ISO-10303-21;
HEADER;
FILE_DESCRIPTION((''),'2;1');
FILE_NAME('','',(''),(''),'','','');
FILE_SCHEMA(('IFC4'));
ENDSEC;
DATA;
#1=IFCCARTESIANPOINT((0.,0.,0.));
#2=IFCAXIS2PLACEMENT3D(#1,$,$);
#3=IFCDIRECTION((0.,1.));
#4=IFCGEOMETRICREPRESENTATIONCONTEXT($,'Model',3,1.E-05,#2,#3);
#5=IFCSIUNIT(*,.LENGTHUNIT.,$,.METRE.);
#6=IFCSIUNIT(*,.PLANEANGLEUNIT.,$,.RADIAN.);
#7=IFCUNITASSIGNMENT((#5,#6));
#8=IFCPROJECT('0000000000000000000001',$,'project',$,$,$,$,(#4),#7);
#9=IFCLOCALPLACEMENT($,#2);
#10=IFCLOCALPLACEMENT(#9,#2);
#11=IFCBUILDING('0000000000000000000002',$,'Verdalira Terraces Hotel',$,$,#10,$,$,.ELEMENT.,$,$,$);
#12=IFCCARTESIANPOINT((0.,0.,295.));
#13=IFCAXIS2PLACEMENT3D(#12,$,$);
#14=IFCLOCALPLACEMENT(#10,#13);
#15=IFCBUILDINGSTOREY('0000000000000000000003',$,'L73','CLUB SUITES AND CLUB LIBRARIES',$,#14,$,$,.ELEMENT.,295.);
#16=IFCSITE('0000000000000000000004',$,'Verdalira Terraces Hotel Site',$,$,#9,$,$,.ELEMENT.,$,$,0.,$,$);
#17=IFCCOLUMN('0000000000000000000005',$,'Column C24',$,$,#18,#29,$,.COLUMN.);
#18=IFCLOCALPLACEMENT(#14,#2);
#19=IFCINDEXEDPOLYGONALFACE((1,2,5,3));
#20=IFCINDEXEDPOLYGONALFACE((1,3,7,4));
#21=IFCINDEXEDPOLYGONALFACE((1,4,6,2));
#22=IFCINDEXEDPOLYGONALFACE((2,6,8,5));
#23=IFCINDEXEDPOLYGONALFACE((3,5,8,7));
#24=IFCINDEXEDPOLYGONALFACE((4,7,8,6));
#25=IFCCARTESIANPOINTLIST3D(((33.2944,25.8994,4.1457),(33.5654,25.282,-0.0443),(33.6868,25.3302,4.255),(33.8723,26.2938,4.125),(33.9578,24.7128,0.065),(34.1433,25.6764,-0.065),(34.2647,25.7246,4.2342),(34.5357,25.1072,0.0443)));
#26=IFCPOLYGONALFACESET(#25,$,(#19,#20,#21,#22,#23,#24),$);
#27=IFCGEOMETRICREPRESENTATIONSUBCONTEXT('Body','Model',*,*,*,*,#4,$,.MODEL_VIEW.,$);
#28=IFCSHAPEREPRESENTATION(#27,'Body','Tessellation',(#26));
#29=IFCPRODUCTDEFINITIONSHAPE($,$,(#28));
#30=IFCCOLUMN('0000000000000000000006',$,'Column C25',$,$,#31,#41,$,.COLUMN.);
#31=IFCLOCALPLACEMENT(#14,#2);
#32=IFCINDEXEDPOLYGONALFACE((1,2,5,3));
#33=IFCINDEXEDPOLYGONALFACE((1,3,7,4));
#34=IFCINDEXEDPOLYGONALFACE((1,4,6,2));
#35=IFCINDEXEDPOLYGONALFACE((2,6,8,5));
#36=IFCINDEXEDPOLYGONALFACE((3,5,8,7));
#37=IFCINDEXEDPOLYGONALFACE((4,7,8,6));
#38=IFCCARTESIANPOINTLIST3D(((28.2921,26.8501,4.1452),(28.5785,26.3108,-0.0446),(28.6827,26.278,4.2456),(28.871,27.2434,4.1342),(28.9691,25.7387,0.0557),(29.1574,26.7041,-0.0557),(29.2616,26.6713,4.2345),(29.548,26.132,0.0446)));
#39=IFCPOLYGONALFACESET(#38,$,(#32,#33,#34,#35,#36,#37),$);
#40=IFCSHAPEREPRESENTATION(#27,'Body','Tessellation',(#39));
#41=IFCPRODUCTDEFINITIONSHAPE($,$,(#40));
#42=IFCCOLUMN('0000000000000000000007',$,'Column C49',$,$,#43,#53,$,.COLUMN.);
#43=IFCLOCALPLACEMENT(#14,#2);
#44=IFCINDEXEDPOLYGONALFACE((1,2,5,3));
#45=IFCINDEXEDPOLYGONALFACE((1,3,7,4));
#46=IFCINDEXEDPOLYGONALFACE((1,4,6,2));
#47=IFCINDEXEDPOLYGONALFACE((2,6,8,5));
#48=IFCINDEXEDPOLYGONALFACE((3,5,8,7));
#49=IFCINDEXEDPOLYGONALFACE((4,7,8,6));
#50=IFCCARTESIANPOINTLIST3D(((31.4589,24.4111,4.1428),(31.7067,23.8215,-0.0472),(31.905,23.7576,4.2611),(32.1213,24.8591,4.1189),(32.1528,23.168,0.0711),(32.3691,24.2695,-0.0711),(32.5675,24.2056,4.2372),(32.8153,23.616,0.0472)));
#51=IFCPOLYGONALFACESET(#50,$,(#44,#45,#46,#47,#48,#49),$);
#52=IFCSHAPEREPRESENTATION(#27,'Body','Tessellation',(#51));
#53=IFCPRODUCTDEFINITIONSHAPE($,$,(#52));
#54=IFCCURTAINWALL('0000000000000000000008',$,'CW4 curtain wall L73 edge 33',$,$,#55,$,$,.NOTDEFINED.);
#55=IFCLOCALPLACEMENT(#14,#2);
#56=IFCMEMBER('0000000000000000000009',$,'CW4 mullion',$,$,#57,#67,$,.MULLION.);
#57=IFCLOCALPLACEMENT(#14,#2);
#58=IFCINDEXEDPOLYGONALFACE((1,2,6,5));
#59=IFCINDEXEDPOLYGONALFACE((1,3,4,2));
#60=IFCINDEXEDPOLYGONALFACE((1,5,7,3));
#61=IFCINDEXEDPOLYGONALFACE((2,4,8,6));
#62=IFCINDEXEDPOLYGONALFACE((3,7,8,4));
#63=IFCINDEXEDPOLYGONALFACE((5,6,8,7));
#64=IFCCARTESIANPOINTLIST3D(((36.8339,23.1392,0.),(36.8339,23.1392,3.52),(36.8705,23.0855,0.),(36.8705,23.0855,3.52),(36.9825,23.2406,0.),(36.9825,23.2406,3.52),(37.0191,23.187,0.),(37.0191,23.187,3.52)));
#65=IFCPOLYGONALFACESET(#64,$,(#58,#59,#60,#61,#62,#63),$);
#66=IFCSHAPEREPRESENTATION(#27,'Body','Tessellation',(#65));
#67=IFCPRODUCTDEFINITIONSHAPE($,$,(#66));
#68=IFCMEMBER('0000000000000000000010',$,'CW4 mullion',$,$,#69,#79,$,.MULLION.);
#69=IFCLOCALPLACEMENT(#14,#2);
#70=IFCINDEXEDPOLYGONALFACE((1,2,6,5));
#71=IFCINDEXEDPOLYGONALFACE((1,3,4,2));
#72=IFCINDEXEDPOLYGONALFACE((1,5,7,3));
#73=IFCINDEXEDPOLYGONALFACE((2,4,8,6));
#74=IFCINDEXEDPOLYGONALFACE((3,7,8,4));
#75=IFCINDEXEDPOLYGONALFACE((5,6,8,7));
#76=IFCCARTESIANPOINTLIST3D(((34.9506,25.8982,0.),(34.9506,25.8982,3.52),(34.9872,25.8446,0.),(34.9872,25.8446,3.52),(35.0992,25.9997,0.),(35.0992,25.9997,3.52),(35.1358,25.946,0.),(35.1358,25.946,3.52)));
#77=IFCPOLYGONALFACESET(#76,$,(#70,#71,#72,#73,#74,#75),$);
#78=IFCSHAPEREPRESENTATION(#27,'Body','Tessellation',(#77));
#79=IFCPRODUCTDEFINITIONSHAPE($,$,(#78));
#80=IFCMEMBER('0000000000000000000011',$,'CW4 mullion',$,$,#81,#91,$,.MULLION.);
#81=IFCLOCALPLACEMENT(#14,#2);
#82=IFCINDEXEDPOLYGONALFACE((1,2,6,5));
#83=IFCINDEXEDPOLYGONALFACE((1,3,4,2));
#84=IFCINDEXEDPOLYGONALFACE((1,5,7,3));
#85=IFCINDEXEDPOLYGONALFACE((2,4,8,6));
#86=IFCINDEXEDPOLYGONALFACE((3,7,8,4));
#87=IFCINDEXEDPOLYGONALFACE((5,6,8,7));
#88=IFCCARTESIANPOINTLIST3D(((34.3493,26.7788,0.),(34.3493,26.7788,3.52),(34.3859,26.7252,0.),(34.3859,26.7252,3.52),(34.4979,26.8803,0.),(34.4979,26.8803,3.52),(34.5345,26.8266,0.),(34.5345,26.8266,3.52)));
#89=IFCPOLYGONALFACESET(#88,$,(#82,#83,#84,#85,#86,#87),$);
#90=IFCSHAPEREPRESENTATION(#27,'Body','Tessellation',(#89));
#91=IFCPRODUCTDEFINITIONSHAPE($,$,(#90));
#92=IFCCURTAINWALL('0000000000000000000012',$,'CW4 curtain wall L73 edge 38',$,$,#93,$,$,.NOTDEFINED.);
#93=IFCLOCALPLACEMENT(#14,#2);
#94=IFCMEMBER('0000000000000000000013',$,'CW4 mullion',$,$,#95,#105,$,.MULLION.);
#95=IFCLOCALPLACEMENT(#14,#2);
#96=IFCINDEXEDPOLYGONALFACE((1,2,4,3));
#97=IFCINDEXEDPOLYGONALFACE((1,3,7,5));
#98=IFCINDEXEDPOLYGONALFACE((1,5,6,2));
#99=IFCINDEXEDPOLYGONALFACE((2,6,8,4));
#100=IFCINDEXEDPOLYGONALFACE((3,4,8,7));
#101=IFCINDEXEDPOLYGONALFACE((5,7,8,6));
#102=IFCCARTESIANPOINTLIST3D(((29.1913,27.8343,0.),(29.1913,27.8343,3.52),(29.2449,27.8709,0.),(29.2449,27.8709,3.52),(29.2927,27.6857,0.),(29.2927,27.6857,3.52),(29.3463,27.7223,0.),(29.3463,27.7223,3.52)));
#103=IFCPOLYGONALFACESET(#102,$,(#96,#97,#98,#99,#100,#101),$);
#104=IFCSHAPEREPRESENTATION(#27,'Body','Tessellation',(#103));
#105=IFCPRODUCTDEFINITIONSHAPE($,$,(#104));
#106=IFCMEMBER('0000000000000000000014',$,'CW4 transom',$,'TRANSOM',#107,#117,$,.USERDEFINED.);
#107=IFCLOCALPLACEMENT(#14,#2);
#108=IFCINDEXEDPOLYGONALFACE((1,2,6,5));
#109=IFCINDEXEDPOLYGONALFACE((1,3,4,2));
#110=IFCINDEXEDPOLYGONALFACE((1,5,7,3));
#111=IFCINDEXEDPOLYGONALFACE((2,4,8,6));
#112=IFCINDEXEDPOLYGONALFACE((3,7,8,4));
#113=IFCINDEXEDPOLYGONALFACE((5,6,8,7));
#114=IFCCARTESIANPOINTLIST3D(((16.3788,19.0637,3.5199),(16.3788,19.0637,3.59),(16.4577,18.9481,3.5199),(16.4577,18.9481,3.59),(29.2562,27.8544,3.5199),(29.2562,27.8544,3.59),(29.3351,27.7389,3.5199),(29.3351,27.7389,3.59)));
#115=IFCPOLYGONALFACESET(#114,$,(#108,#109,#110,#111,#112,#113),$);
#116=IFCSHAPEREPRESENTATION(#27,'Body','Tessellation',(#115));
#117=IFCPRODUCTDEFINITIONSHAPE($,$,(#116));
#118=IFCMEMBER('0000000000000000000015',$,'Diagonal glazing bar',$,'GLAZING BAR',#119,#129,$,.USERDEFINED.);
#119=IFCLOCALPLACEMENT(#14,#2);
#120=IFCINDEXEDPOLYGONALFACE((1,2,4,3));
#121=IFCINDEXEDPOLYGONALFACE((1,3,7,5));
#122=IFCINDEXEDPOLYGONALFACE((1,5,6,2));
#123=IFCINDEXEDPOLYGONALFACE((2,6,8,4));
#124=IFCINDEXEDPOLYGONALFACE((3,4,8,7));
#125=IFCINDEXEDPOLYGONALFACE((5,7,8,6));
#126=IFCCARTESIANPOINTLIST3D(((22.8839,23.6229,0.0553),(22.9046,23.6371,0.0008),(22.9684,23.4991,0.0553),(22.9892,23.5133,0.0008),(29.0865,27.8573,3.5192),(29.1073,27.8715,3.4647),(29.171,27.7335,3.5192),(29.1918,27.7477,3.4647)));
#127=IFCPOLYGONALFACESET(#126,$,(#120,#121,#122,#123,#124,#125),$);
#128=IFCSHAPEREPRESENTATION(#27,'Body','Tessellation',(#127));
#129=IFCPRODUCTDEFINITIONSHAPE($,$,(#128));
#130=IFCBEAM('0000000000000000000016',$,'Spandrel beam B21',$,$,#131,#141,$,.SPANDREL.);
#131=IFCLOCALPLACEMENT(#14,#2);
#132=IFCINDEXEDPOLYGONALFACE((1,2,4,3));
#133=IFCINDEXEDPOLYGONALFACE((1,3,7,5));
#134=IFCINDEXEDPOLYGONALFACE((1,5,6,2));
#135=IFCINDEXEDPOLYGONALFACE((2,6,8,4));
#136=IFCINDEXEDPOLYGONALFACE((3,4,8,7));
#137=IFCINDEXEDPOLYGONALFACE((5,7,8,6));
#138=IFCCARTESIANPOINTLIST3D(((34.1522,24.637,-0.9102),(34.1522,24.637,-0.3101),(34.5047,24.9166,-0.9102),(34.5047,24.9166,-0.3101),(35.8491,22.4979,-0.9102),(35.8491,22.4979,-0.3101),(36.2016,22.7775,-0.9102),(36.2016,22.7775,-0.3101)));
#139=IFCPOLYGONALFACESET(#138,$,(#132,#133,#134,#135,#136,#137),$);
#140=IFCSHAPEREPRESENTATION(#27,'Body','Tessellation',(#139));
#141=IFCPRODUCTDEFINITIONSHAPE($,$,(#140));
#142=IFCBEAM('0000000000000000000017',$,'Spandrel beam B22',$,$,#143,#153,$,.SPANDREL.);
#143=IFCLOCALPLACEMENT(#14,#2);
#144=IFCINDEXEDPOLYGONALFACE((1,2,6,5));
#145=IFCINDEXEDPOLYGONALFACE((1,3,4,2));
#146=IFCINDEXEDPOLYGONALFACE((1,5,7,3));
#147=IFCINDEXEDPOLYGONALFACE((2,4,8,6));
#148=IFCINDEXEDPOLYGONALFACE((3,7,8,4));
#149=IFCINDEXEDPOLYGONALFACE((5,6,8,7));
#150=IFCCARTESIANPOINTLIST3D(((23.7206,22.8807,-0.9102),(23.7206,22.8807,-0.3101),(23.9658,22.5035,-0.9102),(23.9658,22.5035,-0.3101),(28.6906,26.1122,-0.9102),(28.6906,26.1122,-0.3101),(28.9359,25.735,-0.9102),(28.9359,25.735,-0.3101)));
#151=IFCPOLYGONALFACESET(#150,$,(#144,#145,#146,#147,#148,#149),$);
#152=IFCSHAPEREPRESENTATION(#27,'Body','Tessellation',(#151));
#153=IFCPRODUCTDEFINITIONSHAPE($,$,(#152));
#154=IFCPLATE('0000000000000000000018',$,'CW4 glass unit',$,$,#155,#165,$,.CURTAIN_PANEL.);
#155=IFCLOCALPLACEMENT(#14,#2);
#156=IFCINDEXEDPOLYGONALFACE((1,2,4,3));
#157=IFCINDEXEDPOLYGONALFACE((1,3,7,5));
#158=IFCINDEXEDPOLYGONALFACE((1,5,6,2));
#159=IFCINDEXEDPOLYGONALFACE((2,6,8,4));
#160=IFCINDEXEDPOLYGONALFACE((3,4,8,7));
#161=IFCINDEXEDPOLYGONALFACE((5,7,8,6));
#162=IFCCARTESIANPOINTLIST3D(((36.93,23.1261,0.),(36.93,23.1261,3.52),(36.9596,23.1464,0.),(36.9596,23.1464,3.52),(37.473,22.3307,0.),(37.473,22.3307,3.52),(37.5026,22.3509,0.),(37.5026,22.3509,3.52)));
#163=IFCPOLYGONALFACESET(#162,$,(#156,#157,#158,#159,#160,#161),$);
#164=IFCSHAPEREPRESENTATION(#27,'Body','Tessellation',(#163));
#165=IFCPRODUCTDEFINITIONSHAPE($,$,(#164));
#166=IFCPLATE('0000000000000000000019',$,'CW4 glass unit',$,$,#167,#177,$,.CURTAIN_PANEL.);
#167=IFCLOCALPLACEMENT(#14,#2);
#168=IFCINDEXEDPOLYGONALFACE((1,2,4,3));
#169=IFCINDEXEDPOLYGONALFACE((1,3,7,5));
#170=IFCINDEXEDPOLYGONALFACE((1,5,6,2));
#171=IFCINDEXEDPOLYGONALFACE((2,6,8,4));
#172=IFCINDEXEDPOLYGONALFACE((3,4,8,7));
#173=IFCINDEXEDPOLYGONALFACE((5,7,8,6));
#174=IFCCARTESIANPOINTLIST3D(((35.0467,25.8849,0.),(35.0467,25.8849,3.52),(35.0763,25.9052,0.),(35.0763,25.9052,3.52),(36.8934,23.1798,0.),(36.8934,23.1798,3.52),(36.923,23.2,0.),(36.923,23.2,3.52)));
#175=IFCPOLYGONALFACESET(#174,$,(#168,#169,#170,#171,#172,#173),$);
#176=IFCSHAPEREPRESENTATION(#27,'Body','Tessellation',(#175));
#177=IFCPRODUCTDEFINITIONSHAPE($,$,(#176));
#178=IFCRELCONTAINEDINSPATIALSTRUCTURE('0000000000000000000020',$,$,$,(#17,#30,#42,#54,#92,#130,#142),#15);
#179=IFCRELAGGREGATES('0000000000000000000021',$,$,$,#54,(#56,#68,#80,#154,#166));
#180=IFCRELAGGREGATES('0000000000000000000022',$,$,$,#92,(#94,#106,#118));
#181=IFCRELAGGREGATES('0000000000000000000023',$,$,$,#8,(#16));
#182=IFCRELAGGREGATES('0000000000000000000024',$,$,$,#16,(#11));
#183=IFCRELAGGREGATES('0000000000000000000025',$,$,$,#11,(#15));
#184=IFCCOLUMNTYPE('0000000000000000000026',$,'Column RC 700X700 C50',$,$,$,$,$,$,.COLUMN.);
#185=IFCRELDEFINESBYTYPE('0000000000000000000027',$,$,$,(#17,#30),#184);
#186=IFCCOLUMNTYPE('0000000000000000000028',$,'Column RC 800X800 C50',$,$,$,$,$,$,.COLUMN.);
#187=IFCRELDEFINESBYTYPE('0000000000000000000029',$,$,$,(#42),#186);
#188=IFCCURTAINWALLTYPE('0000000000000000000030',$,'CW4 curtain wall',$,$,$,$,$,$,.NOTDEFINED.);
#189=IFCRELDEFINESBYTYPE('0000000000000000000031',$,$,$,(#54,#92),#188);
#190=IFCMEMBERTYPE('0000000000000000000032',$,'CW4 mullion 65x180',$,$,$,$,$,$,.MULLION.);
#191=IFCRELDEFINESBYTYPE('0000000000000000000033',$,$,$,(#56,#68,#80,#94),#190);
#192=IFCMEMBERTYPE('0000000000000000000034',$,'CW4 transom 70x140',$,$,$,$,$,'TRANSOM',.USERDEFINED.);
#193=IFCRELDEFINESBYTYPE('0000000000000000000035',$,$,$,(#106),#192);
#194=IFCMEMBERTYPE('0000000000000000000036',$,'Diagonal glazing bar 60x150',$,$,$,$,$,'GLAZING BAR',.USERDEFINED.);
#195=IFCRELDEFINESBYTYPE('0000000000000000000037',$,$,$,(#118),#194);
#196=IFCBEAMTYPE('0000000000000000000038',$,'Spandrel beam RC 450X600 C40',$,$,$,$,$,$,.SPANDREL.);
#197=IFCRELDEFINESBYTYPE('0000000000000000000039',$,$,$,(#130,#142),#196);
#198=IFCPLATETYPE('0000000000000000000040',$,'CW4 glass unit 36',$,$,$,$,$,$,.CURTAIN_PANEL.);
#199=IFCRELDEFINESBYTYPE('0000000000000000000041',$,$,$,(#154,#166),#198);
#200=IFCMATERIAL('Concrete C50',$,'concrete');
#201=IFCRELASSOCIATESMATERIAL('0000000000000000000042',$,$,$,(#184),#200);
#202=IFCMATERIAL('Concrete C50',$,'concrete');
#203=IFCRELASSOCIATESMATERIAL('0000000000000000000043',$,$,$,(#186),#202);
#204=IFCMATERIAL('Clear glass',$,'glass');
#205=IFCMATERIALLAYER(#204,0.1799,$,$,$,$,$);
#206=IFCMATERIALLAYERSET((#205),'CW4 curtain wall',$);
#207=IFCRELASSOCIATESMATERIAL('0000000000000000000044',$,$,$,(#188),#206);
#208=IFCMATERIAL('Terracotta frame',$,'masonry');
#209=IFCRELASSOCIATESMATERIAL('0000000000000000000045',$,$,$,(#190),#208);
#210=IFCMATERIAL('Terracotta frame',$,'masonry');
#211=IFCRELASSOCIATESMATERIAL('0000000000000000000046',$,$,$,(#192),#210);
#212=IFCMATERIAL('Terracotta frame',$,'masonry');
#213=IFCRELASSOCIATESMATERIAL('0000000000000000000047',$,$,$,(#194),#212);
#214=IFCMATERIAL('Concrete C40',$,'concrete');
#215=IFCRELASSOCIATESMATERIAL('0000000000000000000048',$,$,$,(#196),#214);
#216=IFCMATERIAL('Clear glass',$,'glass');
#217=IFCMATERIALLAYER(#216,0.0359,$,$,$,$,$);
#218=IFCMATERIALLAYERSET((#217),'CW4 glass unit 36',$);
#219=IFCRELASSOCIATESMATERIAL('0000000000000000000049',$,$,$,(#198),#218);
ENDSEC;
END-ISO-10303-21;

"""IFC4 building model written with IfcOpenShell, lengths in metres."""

from ifc_helpers import new_model, si_unit, direction, frame, origin, origin_2d, place, context, subcontext, project, spatial, rectangle, extrude, material, layer, layer_set, material_profile, profile_set, type_object, element, aggregate, save


model = new_model("IFC4")

# Units and contexts
model_context = context("Model", 3, precision=1e-05, world=origin(), true_north=direction((0.0, 1.0)))
body_context = subcontext(model_context, "Body", "Model", "MODEL_VIEW")
ifc_project = project(units=[si_unit("LENGTHUNIT", "METRE"), si_unit("PLANEANGLEUNIT", "RADIAN")], contexts=[model_context])

# Site, building, storey
site_placement = place(None, origin())
site = spatial("IfcSite", under=ifc_project, at=site_placement, Name="Verdalira Terraces Hotel Site", CompositionType="ELEMENT", RefElevation=0.0)
building_placement = place(site_placement, origin())
building = spatial("IfcBuilding", under=site, at=building_placement, Name="Verdalira Terraces Hotel", CompositionType="ELEMENT")
storey_placement = place(building_placement, frame((0.0, 0.0, 295.0)))
storey = spatial("IfcBuildingStorey", under=building, at=storey_placement, Name="L73", Description="CLUB SUITES AND CLUB LIBRARIES", CompositionType="ELEMENT", Elevation=295.0)

# Columns
ifc_material_1 = material(Name="Concrete C50", Category="concrete")
ifc_material_profile_1 = material_profile(ifc_material_1, rectangle(XDim=0.7, YDim=0.7, at=origin_2d()), Name="RC 700X700")
ifc_profile_set_1 = profile_set([ifc_material_profile_1], Name="Concrete C50")
column_type_1 = type_object("IfcColumnType", Name="Column RC 700X700 C50", PredefinedType="COLUMN", material=ifc_profile_set_1)
column_1_placement = place(storey_placement, frame((34.0505, 25.1946, 0.0), z_axis=(-0.063856, 0.145489, 0.987297), x_axis=(-0.560651, 0.813206, -0.156096)))
element("IfcColumn", 1, at=column_1_placement, inside=storey, type_object=column_type_1, Name="Column C24", PredefinedType="COLUMN", context=body_context, shape_type="SweptSolid", body=[
    extrude(rectangle(XDim=0.7, YDim=0.7, at=origin_2d()), origin(), (0.0, 0.0, 1.0), 4.2439),
])
column_2_placement = place(storey_placement, frame((29.0632, 26.2214, 0.0), z_axis=(-0.067634, 0.127369, 0.989547), x_axis=(-0.82705, -0.561906, 0.015798)))
element("IfcColumn", 2, at=column_2_placement, inside=storey, type_object=column_type_1, Name="Column C25", PredefinedType="COLUMN", context=body_context, shape_type="SweptSolid", body=[
    extrude(rectangle(XDim=0.7, YDim=0.7, at=origin_2d()), origin(), (0.0, 0.0, 1.0), 4.2341),
])
ifc_material_2 = material(Name="Concrete C50", Category="concrete")
ifc_material_profile_2 = material_profile(ifc_material_2, rectangle(XDim=0.8, YDim=0.8, at=origin_2d()), Name="RC 800X800")
ifc_profile_set_2 = profile_set([ifc_material_profile_2], Name="Concrete C50")
column_type_2 = type_object("IfcColumnType", Name="Column RC 800X800 C50", PredefinedType="COLUMN", material=ifc_profile_set_2)
column_3_placement = place(storey_placement, frame((32.261, 23.7188, 0.0), z_axis=(-0.058465, 0.139107, 0.98855), x_axis=(0.828001, 0.559933, -0.029823)))
element("IfcColumn", 3, at=column_3_placement, inside=storey, type_object=column_type_2, Name="Column C49", PredefinedType="COLUMN", context=body_context, shape_type="SweptSolid", body=[
    extrude(rectangle(XDim=0.8, YDim=0.8, at=origin_2d()), origin(), (0.0, 0.0, 1.0), 4.2385),
])

# Curtain walls, members
ifc_material_3 = material(Name="Clear glass", Category="glass")
ifc_layer_1 = layer(ifc_material_3, 0.1799)
ifc_layer_set_1 = layer_set([ifc_layer_1], Name="CW4 curtain wall")
curtain_wall_type = type_object("IfcCurtainWallType", Name="CW4 curtain wall", PredefinedType="NOTDEFINED", material=ifc_layer_set_1)
curtain_wall_1_placement = place(storey_placement, origin())
curtain_wall_1 = element("IfcCurtainWall", 4, at=curtain_wall_1_placement, inside=storey, type_object=curtain_wall_type, Name="CW4 curtain wall L73 edge 33", PredefinedType="NOTDEFINED")
ifc_material_4 = material(Name="Terracotta frame", Category="masonry")
ifc_material_profile_3 = material_profile(ifc_material_4, rectangle(XDim=0.0649, YDim=0.1799, at=origin_2d()), Name="MU 65x180")
ifc_profile_set_3 = profile_set([ifc_material_profile_3], Name="Terracotta frame")
member_type_1 = type_object("IfcMemberType", Name="CW4 mullion 65x180", PredefinedType="MULLION", material=ifc_profile_set_3)
member_1_placement = place(storey_placement, frame((36.9265, 23.1631, 0.0), z_axis=(0.0, 0.0, 1.0), x_axis=(-0.563814, 0.825902, 0.0)))
member_1 = element("IfcMember", 5, at=member_1_placement, type_object=member_type_1, Name="CW4 mullion", PredefinedType="MULLION", context=body_context, shape_type="SweptSolid", body=[
    extrude(rectangle(XDim=0.0649, YDim=0.1799, at=origin_2d()), origin(), (0.0, 0.0, 1.0), 3.52),
])
member_2_placement = place(storey_placement, frame((35.0432, 25.9221, 0.0), z_axis=(0.0, 0.0, 1.0), x_axis=(-0.563814, 0.825902, 0.0)))
member_2 = element("IfcMember", 6, at=member_2_placement, type_object=member_type_1, Name="CW4 mullion", PredefinedType="MULLION", context=body_context, shape_type="SweptSolid", body=[
    extrude(rectangle(XDim=0.0649, YDim=0.1799, at=origin_2d()), origin(), (0.0, 0.0, 1.0), 3.52),
])
member_3_placement = place(storey_placement, frame((34.4419, 26.8027, 0.0), z_axis=(0.0, 0.0, 1.0), x_axis=(-0.563814, 0.825902, 0.0)))
member_3 = element("IfcMember", 7, at=member_3_placement, type_object=member_type_1, Name="CW4 mullion", PredefinedType="MULLION", context=body_context, shape_type="SweptSolid", body=[
    extrude(rectangle(XDim=0.0649, YDim=0.1799, at=origin_2d()), origin(), (0.0, 0.0, 1.0), 3.52),
])
curtain_wall_2_placement = place(storey_placement, origin())
curtain_wall_2 = element("IfcCurtainWall", 8, at=curtain_wall_2_placement, inside=storey, type_object=curtain_wall_type, Name="CW4 curtain wall L73 edge 38", PredefinedType="NOTDEFINED")
member_4_placement = place(storey_placement, frame((29.2688, 27.7783, 0.0), z_axis=(0.0, 0.0, 1.0), x_axis=(-0.825902, -0.563814, 0.0)))
member_4 = element("IfcMember", 9, at=member_4_placement, type_object=member_type_1, Name="CW4 mullion", PredefinedType="MULLION", context=body_context, shape_type="SweptSolid", body=[
    extrude(rectangle(XDim=0.0649, YDim=0.1799, at=origin_2d()), origin(), (0.0, 0.0, 1.0), 3.52),
])
ifc_material_5 = material(Name="Terracotta frame", Category="masonry")
ifc_material_profile_4 = material_profile(ifc_material_5, rectangle(XDim=0.1399, YDim=0.0701, at=origin_2d()), Name="TR 70x140")
ifc_profile_set_4 = profile_set([ifc_material_profile_4], Name="Terracotta frame")
member_type_2 = type_object("IfcMemberType", Name="CW4 transom 70x140", ElementType="TRANSOM", PredefinedType="USERDEFINED", material=ifc_profile_set_4)
member_5_placement = place(storey_placement, frame((29.2957, 27.7966, 3.5549), z_axis=(-0.825908, -0.563805, 0.0), x_axis=(0.563805, -0.825908, 0.0)))
member_5 = element("IfcMember", 10, at=member_5_placement, type_object=member_type_2, Name="CW4 transom", ObjectType="TRANSOM", PredefinedType="USERDEFINED", context=body_context, shape_type="SweptSolid", body=[
    extrude(rectangle(XDim=0.1399, YDim=0.0701, at=origin_2d()), origin(), (0.0, 0.0, 1.0), 15.5918),
])
ifc_material_6 = material(Name="Terracotta frame", Category="masonry")
ifc_material_profile_5 = material_profile(ifc_material_6, rectangle(XDim=0.1499, YDim=0.0601, at=origin_2d()), Name="GB 60x150")
ifc_profile_set_5 = profile_set([ifc_material_profile_5], Name="Terracotta frame")
member_type_3 = type_object("IfcMemberType", Name="Diagonal glazing bar 60x150", ElementType="GLAZING BAR", PredefinedType="USERDEFINED", material=ifc_profile_set_5)
member_6_placement = place(storey_placement, frame((29.1392, 27.8025, 3.4919), z_axis=(-0.749972, -0.511986, -0.418822), x_axis=(0.563819, -0.825898, 0.0)))
member_6 = element("IfcMember", 11, at=member_6_placement, type_object=member_type_3, Name="Diagonal glazing bar", ObjectType="GLAZING BAR", PredefinedType="USERDEFINED", context=body_context, shape_type="SweptSolid", body=[
    extrude(rectangle(XDim=0.1499, YDim=0.0601, at=origin_2d()), origin(), (0.0, 0.0, 1.0), 8.2705),
])

# Beams
ifc_material_7 = material(Name="Concrete C40", Category="concrete")
ifc_material_profile_6 = material_profile(ifc_material_7, rectangle(XDim=0.45, YDim=0.6001, at=origin_2d()), Name="RC 450X600")
ifc_profile_set_6 = profile_set([ifc_material_profile_6], Name="Concrete C40")
beam_type = type_object("IfcBeamType", Name="Spandrel beam RC 450X600 C40", PredefinedType="SPANDREL", material=ifc_profile_set_6)
beam_1_placement = place(storey_placement, frame((36.0254, 22.6377, -0.6101), z_axis=(-0.621495, 0.783418, 0.0), x_axis=(-0.783418, -0.621495, 0.0)))
element("IfcBeam", 12, at=beam_1_placement, inside=storey, type_object=beam_type, Name="Spandrel beam B21", PredefinedType="SPANDREL", context=body_context, shape_type="SweptSolid", body=[
    extrude(rectangle(XDim=0.45, YDim=0.6001, at=origin_2d()), origin(), (0.0, 0.0, 1.0), 2.7305),
])
beam_2_placement = place(storey_placement, frame((28.8132, 25.9236, -0.6101), z_axis=(-0.838369, -0.545103, 0.0), x_axis=(0.545103, -0.838369, 0.0)))
element("IfcBeam", 13, at=beam_2_placement, inside=storey, type_object=beam_type, Name="Spandrel beam B22", PredefinedType="SPANDREL", context=body_context, shape_type="SweptSolid", body=[
    extrude(rectangle(XDim=0.45, YDim=0.6001, at=origin_2d()), origin(), (0.0, 0.0, 1.0), 5.9282),
])

# Plates
ifc_material_8 = material(Name="Clear glass", Category="glass")
ifc_layer_2 = layer(ifc_material_8, 0.0359)
ifc_layer_set_2 = layer_set([ifc_layer_2], Name="CW4 glass unit 36")
plate_type = type_object("IfcPlateType", Name="CW4 glass unit 36", PredefinedType="CURTAIN_PANEL", material=ifc_layer_set_2)
plate_1_placement = place(storey_placement, frame((37.2163, 22.7385, 0.0), z_axis=(0.0, 0.0, 1.0), x_axis=(-0.563814, 0.825902, 0.0)))
plate_1 = element("IfcPlate", 14, at=plate_1_placement, type_object=plate_type, Name="CW4 glass unit", PredefinedType="CURTAIN_PANEL", context=body_context, shape_type="SweptSolid", body=[
    extrude(rectangle(XDim=0.9631, YDim=0.0359, at=origin_2d()), origin(), (0.0, 0.0, 1.0), 3.52),
])
plate_2_placement = place(storey_placement, frame((35.9849, 24.5425, 0.0), z_axis=(0.0, 0.0, 1.0), x_axis=(-0.563814, 0.825902, 0.0)))
plate_2 = element("IfcPlate", 15, at=plate_2_placement, type_object=plate_type, Name="CW4 glass unit", PredefinedType="CURTAIN_PANEL", context=body_context, shape_type="SweptSolid", body=[
    extrude(rectangle(XDim=3.2754, YDim=0.0359, at=origin_2d()), origin(), (0.0, 0.0, 1.0), 3.52),
])
aggregate(curtain_wall_1, [member_1, member_2, member_3, plate_1, plate_2])
aggregate(curtain_wall_2, [member_4, member_5, member_6])

save(model, "model.ifc")
